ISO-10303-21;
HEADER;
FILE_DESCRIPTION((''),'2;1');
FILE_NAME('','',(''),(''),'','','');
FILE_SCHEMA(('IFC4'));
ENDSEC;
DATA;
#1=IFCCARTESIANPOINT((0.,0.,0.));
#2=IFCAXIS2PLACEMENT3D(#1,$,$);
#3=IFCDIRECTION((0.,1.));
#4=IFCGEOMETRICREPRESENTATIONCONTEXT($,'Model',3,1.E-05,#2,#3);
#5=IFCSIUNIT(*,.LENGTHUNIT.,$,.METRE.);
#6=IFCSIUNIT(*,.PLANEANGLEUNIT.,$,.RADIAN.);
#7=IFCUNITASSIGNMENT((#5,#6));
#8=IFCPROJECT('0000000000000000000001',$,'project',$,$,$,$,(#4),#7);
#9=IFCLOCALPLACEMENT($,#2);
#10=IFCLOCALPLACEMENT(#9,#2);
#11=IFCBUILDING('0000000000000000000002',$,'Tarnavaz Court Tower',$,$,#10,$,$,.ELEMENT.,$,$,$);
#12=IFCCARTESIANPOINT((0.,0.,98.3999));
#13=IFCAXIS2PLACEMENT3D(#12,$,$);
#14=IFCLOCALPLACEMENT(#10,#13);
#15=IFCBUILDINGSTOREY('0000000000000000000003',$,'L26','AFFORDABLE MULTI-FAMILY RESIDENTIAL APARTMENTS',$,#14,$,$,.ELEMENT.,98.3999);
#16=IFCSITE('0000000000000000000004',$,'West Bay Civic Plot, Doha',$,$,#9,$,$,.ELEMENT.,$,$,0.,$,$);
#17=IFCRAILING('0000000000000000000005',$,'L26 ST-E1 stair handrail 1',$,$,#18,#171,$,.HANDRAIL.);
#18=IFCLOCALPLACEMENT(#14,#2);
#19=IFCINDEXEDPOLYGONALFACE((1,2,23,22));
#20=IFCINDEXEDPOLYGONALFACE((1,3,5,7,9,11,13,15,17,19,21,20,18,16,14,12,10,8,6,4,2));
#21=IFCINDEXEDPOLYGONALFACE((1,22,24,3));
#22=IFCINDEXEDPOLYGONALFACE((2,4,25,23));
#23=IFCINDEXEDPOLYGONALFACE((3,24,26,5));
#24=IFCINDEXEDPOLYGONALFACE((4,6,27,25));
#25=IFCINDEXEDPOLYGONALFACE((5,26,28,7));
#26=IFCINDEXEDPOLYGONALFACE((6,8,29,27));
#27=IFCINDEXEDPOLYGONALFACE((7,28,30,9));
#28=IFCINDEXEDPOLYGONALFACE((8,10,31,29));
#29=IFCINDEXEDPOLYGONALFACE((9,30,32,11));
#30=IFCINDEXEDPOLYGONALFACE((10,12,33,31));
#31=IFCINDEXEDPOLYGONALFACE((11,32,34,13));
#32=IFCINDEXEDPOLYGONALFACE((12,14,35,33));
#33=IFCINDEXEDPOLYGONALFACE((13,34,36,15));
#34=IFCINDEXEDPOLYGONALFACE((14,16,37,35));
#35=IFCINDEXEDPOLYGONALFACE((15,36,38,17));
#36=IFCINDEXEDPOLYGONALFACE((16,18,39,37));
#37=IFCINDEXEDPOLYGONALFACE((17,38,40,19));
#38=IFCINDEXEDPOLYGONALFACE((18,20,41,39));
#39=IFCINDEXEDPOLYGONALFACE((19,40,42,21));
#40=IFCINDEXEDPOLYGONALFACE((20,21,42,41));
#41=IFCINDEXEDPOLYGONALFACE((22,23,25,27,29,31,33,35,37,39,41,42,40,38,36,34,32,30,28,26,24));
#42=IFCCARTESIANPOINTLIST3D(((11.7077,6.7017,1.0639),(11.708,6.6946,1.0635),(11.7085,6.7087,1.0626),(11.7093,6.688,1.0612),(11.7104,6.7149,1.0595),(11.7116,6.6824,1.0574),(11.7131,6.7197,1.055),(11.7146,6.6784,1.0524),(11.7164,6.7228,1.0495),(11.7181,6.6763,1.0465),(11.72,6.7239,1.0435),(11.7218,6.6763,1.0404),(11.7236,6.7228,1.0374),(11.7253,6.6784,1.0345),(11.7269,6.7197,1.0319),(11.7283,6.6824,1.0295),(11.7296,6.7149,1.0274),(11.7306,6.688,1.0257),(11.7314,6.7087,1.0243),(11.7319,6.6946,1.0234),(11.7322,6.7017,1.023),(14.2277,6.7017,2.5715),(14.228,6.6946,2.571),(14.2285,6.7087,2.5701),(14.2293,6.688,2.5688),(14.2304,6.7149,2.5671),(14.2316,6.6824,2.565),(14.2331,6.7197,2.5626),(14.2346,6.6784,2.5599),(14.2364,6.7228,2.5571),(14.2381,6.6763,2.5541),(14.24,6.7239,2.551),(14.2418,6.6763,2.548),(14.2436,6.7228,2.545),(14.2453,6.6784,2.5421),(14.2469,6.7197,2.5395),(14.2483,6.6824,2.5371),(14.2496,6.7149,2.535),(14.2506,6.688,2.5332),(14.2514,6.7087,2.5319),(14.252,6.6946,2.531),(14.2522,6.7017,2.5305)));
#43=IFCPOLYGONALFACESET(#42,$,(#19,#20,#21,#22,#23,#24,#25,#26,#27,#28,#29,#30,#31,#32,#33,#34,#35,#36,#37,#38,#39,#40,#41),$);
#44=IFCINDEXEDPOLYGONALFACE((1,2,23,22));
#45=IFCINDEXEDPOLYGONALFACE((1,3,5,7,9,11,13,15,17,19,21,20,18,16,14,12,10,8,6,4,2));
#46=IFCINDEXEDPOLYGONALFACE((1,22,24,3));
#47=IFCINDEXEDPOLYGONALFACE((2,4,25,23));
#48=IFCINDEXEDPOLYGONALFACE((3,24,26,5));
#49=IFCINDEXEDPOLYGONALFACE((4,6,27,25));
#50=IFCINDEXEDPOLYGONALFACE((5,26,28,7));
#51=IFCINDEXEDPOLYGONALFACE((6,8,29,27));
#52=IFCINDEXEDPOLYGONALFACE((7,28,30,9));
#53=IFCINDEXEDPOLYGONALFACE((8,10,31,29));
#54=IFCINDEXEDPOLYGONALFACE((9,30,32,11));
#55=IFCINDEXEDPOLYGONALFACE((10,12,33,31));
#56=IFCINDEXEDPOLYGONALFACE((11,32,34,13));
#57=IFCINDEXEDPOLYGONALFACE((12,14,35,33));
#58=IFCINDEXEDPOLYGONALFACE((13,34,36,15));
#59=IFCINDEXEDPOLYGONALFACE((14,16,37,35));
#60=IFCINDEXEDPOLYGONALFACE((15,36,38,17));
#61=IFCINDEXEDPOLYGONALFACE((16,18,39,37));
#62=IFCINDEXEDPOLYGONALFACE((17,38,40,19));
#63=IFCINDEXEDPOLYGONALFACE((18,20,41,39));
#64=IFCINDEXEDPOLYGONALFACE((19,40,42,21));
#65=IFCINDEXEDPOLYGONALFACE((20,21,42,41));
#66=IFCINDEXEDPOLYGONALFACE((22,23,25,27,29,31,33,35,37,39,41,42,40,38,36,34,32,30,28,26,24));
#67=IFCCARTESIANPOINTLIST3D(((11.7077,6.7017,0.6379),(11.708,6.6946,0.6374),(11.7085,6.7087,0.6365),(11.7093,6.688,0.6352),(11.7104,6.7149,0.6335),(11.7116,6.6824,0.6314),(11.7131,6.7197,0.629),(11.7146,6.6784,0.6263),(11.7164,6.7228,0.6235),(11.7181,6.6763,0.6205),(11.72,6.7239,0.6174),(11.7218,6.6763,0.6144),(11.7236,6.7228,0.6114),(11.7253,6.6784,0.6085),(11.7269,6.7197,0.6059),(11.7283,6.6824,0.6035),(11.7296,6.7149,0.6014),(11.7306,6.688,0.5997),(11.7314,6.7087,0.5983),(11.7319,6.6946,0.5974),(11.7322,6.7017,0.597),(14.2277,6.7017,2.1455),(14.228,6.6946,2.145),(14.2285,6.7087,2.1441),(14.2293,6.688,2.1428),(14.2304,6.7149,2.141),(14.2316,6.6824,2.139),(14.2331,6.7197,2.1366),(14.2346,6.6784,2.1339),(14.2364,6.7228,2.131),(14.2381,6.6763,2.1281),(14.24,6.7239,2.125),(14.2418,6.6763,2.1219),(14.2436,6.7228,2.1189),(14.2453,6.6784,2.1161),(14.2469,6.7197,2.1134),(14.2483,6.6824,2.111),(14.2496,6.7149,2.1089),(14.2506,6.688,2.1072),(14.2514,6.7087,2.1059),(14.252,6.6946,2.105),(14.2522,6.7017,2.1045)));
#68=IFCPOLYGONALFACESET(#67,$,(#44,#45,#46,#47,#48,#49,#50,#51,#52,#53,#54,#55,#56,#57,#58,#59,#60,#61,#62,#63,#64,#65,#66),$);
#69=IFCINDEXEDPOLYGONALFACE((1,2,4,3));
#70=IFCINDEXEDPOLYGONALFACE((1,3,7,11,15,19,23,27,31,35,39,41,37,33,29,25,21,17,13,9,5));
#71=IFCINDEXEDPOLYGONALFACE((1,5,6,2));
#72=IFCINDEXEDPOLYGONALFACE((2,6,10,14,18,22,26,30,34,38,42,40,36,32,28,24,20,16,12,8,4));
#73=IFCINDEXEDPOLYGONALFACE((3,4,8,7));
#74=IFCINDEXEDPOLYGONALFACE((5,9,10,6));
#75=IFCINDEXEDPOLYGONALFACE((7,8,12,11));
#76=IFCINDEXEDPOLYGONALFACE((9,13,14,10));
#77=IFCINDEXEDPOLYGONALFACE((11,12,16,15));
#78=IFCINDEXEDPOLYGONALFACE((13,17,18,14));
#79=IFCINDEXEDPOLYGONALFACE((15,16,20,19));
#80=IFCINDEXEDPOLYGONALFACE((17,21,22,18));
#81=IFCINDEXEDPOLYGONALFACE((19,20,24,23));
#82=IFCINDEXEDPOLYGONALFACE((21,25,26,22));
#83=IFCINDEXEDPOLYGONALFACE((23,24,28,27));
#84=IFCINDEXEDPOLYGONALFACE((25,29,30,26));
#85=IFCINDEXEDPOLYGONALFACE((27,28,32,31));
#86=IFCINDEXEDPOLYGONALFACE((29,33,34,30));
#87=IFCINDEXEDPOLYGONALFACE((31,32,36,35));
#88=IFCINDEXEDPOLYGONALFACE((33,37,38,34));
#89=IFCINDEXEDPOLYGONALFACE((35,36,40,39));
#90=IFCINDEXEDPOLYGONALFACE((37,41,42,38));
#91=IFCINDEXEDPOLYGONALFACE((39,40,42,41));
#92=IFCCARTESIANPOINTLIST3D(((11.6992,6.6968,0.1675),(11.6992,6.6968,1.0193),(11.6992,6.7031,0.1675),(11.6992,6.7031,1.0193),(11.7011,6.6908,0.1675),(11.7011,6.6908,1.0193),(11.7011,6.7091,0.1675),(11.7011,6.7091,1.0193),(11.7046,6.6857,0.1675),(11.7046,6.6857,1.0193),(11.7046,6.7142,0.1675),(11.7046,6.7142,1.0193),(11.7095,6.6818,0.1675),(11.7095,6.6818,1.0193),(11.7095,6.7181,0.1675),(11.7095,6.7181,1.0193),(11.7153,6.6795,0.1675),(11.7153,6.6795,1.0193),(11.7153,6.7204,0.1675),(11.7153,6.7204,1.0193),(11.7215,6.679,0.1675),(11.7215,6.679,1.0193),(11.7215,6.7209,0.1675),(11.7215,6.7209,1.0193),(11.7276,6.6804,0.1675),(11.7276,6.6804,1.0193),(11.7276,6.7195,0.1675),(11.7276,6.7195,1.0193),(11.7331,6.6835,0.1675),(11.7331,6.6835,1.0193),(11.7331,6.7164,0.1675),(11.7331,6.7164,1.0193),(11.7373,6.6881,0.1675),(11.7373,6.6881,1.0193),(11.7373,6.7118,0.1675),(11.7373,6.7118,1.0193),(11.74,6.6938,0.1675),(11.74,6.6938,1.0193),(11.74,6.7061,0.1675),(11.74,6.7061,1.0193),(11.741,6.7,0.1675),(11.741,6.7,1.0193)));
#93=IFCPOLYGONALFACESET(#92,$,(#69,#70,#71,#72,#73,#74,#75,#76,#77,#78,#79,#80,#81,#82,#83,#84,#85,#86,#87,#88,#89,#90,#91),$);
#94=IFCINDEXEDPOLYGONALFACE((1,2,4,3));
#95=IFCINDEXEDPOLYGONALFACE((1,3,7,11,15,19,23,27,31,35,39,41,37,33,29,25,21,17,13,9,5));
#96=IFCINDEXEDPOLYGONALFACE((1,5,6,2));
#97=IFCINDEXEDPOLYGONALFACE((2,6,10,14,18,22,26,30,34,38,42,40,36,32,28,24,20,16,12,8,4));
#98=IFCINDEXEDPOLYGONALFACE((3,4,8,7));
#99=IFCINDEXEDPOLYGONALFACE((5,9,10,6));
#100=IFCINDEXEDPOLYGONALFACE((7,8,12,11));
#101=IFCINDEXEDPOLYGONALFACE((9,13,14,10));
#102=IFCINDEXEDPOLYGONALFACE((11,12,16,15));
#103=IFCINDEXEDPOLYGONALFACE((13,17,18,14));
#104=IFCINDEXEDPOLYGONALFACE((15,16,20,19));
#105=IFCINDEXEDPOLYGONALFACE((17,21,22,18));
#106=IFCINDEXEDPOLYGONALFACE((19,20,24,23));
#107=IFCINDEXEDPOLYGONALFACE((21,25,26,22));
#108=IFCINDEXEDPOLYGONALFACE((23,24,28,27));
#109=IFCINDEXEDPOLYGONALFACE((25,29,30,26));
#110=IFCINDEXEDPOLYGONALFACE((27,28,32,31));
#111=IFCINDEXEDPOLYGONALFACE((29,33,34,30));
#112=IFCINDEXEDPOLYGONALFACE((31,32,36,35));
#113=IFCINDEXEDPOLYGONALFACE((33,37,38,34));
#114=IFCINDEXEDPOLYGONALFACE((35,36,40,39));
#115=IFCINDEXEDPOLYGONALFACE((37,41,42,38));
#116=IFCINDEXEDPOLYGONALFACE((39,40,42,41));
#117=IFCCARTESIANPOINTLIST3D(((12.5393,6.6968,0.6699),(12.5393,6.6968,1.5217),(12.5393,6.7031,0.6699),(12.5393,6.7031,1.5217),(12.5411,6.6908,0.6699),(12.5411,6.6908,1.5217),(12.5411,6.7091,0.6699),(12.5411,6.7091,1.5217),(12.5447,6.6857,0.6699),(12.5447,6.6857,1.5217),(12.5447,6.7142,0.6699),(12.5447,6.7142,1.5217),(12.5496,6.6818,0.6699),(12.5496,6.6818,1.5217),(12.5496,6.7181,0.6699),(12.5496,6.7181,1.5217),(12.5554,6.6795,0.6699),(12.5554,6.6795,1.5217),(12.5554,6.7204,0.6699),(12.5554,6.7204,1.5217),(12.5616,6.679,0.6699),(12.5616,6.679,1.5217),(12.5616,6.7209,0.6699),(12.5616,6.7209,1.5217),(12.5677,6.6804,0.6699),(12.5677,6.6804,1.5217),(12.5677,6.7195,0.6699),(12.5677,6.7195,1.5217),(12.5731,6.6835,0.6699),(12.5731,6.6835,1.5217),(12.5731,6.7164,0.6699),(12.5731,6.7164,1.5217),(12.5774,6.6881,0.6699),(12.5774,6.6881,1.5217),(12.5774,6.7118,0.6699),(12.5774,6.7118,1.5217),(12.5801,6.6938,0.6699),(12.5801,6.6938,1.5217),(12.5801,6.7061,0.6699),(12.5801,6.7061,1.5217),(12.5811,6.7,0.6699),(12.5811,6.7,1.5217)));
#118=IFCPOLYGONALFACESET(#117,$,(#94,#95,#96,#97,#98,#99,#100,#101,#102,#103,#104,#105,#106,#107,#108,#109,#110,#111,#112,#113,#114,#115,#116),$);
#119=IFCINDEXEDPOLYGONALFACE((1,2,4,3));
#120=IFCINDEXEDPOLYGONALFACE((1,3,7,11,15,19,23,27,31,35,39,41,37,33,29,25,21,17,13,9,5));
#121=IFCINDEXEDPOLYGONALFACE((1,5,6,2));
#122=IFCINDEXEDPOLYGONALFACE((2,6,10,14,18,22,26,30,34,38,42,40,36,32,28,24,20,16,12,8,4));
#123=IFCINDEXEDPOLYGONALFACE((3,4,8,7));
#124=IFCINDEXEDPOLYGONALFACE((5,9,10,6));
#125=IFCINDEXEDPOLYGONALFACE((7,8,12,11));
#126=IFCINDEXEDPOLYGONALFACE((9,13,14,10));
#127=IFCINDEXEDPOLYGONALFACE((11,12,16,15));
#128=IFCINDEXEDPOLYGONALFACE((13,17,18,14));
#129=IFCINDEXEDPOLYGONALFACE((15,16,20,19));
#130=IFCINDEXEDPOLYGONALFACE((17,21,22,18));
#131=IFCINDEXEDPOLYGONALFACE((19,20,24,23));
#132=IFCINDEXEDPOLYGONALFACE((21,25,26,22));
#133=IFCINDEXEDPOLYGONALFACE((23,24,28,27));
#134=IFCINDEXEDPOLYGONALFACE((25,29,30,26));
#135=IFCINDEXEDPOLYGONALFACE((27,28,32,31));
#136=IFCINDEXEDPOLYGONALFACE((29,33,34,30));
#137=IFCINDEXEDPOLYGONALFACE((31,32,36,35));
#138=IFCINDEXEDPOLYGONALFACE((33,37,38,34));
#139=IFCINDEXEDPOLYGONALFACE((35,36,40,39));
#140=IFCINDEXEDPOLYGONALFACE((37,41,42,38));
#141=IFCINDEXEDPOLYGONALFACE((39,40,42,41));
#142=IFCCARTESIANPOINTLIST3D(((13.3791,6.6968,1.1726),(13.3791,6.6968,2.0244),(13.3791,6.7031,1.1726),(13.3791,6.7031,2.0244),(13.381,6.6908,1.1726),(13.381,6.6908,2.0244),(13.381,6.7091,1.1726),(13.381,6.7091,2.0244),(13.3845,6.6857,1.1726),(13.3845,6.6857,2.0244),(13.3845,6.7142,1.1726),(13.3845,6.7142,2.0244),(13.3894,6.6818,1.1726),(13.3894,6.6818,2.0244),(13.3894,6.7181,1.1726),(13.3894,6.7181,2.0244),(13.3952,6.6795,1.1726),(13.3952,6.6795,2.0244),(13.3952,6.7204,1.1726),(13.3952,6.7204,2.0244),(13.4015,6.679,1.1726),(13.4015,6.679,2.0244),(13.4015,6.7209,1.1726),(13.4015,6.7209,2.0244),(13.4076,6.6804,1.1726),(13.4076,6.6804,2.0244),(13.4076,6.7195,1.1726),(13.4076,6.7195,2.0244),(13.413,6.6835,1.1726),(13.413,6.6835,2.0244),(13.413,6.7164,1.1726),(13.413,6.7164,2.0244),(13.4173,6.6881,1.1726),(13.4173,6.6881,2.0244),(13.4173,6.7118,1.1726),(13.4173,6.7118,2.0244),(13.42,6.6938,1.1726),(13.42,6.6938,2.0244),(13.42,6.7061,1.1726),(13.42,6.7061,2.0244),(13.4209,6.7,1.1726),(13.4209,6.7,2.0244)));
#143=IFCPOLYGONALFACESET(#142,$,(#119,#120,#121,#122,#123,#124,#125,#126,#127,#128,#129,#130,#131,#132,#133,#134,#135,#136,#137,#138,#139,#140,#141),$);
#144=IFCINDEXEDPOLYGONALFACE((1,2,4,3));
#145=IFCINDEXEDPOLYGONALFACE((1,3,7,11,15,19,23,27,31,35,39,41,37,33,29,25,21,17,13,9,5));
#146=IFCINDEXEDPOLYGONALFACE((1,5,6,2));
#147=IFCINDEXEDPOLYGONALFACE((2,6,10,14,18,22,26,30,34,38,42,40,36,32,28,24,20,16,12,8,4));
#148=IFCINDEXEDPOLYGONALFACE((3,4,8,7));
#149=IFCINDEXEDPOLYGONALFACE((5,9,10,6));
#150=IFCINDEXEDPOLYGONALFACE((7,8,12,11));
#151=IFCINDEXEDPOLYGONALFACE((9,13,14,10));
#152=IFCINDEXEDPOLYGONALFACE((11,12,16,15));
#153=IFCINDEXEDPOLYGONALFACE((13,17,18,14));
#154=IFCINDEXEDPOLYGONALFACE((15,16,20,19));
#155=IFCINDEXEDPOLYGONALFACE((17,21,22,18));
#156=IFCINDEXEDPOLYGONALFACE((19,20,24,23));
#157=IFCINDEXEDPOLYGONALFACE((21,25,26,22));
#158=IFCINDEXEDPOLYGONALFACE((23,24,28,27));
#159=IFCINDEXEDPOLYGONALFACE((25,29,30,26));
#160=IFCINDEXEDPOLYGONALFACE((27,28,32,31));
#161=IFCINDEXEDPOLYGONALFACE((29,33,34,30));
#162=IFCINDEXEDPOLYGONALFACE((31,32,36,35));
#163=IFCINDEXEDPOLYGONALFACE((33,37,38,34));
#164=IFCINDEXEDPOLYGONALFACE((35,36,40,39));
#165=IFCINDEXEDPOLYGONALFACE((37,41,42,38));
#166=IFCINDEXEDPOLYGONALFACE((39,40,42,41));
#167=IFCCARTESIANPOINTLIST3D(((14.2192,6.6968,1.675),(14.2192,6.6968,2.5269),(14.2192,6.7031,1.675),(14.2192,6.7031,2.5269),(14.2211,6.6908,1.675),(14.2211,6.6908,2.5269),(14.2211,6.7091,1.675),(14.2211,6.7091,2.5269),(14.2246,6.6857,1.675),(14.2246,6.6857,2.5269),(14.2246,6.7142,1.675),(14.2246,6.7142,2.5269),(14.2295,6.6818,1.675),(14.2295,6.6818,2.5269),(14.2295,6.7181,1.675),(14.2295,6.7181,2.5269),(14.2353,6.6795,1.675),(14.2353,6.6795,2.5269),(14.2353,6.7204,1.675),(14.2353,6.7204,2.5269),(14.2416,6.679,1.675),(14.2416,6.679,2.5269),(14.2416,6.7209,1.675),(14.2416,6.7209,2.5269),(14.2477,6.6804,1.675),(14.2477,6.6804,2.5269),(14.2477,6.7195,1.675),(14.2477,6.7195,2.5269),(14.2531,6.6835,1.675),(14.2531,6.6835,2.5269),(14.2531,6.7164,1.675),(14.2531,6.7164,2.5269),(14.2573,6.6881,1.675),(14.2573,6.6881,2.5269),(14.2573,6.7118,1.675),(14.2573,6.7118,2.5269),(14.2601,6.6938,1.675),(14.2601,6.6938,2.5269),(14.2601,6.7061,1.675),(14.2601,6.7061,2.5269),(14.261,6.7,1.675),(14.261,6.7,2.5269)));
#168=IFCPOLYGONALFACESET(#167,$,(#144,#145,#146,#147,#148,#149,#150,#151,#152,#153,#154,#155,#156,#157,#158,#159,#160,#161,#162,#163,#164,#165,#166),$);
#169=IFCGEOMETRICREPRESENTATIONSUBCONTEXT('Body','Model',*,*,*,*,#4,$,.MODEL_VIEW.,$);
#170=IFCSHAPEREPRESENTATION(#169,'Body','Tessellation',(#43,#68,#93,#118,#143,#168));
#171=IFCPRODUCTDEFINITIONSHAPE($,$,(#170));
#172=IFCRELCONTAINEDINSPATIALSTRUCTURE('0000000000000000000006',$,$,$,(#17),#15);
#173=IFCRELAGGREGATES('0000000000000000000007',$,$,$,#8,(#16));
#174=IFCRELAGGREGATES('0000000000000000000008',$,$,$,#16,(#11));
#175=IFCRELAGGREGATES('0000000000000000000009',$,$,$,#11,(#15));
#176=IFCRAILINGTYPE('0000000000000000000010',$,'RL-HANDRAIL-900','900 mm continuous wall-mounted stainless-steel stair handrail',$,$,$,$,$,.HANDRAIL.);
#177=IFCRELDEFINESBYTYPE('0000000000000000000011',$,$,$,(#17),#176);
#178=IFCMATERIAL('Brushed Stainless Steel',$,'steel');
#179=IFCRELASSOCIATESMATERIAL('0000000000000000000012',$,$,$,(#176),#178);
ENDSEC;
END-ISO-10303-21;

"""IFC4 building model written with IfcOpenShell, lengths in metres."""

from ifc_helpers import new_model, si_unit, direction, frame, origin, origin_2d, place, context, subcontext, project, spatial, circle, extrude, material, type_object, element, save


model = new_model("IFC4")

# Units and contexts
model_context = context("Model", 3, precision=1e-05, world=origin(), true_north=direction((0.0, 1.0)))
body_context = subcontext(model_context, "Body", "Model", "MODEL_VIEW")
ifc_project = project(units=[si_unit("LENGTHUNIT", "METRE"), si_unit("PLANEANGLEUNIT", "RADIAN")], contexts=[model_context])

# Site, building, storey
site_placement = place(None, origin())
site = spatial("IfcSite", under=ifc_project, at=site_placement, Name="West Bay Civic Plot, Doha", CompositionType="ELEMENT", RefElevation=0.0)
building_placement = place(site_placement, origin())
building = spatial("IfcBuilding", under=site, at=building_placement, Name="Tarnavaz Court Tower", CompositionType="ELEMENT")
storey_placement = place(building_placement, frame((0.0, 0.0, 98.3999)))
storey = spatial("IfcBuildingStorey", under=building, at=storey_placement, Name="L26", Description="AFFORDABLE MULTI-FAMILY RESIDENTIAL APARTMENTS", CompositionType="ELEMENT", Elevation=98.3999)

# Railing
ifc_material_1 = material(Name="Brushed Stainless Steel", Category="steel")
railing_type_1 = type_object("IfcRailingType", Name="RL-HANDRAIL-900", Description="900 mm continuous wall-mounted stainless-steel stair handrail", PredefinedType="HANDRAIL", material=ifc_material_1)
railing_1_placement = place(storey_placement, frame((11.72, 6.7, 0.1675)))
element("IfcRailing", 1, at=railing_1_placement, inside=storey, type_object=railing_type_1, Name="L26 ST-E1 stair handrail 1", PredefinedType="HANDRAIL", context=body_context, shape_type="SweptSolid", body=[
    extrude(circle(Radius=0.0239, at=origin_2d()), frame((0.0, 0.0, 0.876), z_axis=(0.85816, 0.0, 0.513383), x_axis=(0.0, 1.0, 0.0)), (0.0, 0.0, 1.0), 2.9365),
    extrude(circle(Radius=0.0239, at=origin_2d()), frame((0.0, 0.0, 0.45), z_axis=(0.85816, 0.0, 0.513383), x_axis=(0.0, 1.0, 0.0)), (0.0, 0.0, 1.0), 2.9365),
    extrude(circle(Radius=0.021, at=origin_2d()), origin(), (0.0, 0.0, 1.0), 0.8518),
    extrude(circle(Radius=0.021, at=origin_2d()), frame((0.8401, 0.0, 0.5024)), (0.0, 0.0, 1.0), 0.8518),
    extrude(circle(Radius=0.021, at=origin_2d()), frame((1.6799, 0.0, 1.0051)), (0.0, 0.0, 1.0), 0.8518),
    extrude(circle(Radius=0.021, at=origin_2d()), frame((2.52, 0.0, 1.5076)), (0.0, 0.0, 1.0), 0.8518),
])

save(model, "model.ifc")
